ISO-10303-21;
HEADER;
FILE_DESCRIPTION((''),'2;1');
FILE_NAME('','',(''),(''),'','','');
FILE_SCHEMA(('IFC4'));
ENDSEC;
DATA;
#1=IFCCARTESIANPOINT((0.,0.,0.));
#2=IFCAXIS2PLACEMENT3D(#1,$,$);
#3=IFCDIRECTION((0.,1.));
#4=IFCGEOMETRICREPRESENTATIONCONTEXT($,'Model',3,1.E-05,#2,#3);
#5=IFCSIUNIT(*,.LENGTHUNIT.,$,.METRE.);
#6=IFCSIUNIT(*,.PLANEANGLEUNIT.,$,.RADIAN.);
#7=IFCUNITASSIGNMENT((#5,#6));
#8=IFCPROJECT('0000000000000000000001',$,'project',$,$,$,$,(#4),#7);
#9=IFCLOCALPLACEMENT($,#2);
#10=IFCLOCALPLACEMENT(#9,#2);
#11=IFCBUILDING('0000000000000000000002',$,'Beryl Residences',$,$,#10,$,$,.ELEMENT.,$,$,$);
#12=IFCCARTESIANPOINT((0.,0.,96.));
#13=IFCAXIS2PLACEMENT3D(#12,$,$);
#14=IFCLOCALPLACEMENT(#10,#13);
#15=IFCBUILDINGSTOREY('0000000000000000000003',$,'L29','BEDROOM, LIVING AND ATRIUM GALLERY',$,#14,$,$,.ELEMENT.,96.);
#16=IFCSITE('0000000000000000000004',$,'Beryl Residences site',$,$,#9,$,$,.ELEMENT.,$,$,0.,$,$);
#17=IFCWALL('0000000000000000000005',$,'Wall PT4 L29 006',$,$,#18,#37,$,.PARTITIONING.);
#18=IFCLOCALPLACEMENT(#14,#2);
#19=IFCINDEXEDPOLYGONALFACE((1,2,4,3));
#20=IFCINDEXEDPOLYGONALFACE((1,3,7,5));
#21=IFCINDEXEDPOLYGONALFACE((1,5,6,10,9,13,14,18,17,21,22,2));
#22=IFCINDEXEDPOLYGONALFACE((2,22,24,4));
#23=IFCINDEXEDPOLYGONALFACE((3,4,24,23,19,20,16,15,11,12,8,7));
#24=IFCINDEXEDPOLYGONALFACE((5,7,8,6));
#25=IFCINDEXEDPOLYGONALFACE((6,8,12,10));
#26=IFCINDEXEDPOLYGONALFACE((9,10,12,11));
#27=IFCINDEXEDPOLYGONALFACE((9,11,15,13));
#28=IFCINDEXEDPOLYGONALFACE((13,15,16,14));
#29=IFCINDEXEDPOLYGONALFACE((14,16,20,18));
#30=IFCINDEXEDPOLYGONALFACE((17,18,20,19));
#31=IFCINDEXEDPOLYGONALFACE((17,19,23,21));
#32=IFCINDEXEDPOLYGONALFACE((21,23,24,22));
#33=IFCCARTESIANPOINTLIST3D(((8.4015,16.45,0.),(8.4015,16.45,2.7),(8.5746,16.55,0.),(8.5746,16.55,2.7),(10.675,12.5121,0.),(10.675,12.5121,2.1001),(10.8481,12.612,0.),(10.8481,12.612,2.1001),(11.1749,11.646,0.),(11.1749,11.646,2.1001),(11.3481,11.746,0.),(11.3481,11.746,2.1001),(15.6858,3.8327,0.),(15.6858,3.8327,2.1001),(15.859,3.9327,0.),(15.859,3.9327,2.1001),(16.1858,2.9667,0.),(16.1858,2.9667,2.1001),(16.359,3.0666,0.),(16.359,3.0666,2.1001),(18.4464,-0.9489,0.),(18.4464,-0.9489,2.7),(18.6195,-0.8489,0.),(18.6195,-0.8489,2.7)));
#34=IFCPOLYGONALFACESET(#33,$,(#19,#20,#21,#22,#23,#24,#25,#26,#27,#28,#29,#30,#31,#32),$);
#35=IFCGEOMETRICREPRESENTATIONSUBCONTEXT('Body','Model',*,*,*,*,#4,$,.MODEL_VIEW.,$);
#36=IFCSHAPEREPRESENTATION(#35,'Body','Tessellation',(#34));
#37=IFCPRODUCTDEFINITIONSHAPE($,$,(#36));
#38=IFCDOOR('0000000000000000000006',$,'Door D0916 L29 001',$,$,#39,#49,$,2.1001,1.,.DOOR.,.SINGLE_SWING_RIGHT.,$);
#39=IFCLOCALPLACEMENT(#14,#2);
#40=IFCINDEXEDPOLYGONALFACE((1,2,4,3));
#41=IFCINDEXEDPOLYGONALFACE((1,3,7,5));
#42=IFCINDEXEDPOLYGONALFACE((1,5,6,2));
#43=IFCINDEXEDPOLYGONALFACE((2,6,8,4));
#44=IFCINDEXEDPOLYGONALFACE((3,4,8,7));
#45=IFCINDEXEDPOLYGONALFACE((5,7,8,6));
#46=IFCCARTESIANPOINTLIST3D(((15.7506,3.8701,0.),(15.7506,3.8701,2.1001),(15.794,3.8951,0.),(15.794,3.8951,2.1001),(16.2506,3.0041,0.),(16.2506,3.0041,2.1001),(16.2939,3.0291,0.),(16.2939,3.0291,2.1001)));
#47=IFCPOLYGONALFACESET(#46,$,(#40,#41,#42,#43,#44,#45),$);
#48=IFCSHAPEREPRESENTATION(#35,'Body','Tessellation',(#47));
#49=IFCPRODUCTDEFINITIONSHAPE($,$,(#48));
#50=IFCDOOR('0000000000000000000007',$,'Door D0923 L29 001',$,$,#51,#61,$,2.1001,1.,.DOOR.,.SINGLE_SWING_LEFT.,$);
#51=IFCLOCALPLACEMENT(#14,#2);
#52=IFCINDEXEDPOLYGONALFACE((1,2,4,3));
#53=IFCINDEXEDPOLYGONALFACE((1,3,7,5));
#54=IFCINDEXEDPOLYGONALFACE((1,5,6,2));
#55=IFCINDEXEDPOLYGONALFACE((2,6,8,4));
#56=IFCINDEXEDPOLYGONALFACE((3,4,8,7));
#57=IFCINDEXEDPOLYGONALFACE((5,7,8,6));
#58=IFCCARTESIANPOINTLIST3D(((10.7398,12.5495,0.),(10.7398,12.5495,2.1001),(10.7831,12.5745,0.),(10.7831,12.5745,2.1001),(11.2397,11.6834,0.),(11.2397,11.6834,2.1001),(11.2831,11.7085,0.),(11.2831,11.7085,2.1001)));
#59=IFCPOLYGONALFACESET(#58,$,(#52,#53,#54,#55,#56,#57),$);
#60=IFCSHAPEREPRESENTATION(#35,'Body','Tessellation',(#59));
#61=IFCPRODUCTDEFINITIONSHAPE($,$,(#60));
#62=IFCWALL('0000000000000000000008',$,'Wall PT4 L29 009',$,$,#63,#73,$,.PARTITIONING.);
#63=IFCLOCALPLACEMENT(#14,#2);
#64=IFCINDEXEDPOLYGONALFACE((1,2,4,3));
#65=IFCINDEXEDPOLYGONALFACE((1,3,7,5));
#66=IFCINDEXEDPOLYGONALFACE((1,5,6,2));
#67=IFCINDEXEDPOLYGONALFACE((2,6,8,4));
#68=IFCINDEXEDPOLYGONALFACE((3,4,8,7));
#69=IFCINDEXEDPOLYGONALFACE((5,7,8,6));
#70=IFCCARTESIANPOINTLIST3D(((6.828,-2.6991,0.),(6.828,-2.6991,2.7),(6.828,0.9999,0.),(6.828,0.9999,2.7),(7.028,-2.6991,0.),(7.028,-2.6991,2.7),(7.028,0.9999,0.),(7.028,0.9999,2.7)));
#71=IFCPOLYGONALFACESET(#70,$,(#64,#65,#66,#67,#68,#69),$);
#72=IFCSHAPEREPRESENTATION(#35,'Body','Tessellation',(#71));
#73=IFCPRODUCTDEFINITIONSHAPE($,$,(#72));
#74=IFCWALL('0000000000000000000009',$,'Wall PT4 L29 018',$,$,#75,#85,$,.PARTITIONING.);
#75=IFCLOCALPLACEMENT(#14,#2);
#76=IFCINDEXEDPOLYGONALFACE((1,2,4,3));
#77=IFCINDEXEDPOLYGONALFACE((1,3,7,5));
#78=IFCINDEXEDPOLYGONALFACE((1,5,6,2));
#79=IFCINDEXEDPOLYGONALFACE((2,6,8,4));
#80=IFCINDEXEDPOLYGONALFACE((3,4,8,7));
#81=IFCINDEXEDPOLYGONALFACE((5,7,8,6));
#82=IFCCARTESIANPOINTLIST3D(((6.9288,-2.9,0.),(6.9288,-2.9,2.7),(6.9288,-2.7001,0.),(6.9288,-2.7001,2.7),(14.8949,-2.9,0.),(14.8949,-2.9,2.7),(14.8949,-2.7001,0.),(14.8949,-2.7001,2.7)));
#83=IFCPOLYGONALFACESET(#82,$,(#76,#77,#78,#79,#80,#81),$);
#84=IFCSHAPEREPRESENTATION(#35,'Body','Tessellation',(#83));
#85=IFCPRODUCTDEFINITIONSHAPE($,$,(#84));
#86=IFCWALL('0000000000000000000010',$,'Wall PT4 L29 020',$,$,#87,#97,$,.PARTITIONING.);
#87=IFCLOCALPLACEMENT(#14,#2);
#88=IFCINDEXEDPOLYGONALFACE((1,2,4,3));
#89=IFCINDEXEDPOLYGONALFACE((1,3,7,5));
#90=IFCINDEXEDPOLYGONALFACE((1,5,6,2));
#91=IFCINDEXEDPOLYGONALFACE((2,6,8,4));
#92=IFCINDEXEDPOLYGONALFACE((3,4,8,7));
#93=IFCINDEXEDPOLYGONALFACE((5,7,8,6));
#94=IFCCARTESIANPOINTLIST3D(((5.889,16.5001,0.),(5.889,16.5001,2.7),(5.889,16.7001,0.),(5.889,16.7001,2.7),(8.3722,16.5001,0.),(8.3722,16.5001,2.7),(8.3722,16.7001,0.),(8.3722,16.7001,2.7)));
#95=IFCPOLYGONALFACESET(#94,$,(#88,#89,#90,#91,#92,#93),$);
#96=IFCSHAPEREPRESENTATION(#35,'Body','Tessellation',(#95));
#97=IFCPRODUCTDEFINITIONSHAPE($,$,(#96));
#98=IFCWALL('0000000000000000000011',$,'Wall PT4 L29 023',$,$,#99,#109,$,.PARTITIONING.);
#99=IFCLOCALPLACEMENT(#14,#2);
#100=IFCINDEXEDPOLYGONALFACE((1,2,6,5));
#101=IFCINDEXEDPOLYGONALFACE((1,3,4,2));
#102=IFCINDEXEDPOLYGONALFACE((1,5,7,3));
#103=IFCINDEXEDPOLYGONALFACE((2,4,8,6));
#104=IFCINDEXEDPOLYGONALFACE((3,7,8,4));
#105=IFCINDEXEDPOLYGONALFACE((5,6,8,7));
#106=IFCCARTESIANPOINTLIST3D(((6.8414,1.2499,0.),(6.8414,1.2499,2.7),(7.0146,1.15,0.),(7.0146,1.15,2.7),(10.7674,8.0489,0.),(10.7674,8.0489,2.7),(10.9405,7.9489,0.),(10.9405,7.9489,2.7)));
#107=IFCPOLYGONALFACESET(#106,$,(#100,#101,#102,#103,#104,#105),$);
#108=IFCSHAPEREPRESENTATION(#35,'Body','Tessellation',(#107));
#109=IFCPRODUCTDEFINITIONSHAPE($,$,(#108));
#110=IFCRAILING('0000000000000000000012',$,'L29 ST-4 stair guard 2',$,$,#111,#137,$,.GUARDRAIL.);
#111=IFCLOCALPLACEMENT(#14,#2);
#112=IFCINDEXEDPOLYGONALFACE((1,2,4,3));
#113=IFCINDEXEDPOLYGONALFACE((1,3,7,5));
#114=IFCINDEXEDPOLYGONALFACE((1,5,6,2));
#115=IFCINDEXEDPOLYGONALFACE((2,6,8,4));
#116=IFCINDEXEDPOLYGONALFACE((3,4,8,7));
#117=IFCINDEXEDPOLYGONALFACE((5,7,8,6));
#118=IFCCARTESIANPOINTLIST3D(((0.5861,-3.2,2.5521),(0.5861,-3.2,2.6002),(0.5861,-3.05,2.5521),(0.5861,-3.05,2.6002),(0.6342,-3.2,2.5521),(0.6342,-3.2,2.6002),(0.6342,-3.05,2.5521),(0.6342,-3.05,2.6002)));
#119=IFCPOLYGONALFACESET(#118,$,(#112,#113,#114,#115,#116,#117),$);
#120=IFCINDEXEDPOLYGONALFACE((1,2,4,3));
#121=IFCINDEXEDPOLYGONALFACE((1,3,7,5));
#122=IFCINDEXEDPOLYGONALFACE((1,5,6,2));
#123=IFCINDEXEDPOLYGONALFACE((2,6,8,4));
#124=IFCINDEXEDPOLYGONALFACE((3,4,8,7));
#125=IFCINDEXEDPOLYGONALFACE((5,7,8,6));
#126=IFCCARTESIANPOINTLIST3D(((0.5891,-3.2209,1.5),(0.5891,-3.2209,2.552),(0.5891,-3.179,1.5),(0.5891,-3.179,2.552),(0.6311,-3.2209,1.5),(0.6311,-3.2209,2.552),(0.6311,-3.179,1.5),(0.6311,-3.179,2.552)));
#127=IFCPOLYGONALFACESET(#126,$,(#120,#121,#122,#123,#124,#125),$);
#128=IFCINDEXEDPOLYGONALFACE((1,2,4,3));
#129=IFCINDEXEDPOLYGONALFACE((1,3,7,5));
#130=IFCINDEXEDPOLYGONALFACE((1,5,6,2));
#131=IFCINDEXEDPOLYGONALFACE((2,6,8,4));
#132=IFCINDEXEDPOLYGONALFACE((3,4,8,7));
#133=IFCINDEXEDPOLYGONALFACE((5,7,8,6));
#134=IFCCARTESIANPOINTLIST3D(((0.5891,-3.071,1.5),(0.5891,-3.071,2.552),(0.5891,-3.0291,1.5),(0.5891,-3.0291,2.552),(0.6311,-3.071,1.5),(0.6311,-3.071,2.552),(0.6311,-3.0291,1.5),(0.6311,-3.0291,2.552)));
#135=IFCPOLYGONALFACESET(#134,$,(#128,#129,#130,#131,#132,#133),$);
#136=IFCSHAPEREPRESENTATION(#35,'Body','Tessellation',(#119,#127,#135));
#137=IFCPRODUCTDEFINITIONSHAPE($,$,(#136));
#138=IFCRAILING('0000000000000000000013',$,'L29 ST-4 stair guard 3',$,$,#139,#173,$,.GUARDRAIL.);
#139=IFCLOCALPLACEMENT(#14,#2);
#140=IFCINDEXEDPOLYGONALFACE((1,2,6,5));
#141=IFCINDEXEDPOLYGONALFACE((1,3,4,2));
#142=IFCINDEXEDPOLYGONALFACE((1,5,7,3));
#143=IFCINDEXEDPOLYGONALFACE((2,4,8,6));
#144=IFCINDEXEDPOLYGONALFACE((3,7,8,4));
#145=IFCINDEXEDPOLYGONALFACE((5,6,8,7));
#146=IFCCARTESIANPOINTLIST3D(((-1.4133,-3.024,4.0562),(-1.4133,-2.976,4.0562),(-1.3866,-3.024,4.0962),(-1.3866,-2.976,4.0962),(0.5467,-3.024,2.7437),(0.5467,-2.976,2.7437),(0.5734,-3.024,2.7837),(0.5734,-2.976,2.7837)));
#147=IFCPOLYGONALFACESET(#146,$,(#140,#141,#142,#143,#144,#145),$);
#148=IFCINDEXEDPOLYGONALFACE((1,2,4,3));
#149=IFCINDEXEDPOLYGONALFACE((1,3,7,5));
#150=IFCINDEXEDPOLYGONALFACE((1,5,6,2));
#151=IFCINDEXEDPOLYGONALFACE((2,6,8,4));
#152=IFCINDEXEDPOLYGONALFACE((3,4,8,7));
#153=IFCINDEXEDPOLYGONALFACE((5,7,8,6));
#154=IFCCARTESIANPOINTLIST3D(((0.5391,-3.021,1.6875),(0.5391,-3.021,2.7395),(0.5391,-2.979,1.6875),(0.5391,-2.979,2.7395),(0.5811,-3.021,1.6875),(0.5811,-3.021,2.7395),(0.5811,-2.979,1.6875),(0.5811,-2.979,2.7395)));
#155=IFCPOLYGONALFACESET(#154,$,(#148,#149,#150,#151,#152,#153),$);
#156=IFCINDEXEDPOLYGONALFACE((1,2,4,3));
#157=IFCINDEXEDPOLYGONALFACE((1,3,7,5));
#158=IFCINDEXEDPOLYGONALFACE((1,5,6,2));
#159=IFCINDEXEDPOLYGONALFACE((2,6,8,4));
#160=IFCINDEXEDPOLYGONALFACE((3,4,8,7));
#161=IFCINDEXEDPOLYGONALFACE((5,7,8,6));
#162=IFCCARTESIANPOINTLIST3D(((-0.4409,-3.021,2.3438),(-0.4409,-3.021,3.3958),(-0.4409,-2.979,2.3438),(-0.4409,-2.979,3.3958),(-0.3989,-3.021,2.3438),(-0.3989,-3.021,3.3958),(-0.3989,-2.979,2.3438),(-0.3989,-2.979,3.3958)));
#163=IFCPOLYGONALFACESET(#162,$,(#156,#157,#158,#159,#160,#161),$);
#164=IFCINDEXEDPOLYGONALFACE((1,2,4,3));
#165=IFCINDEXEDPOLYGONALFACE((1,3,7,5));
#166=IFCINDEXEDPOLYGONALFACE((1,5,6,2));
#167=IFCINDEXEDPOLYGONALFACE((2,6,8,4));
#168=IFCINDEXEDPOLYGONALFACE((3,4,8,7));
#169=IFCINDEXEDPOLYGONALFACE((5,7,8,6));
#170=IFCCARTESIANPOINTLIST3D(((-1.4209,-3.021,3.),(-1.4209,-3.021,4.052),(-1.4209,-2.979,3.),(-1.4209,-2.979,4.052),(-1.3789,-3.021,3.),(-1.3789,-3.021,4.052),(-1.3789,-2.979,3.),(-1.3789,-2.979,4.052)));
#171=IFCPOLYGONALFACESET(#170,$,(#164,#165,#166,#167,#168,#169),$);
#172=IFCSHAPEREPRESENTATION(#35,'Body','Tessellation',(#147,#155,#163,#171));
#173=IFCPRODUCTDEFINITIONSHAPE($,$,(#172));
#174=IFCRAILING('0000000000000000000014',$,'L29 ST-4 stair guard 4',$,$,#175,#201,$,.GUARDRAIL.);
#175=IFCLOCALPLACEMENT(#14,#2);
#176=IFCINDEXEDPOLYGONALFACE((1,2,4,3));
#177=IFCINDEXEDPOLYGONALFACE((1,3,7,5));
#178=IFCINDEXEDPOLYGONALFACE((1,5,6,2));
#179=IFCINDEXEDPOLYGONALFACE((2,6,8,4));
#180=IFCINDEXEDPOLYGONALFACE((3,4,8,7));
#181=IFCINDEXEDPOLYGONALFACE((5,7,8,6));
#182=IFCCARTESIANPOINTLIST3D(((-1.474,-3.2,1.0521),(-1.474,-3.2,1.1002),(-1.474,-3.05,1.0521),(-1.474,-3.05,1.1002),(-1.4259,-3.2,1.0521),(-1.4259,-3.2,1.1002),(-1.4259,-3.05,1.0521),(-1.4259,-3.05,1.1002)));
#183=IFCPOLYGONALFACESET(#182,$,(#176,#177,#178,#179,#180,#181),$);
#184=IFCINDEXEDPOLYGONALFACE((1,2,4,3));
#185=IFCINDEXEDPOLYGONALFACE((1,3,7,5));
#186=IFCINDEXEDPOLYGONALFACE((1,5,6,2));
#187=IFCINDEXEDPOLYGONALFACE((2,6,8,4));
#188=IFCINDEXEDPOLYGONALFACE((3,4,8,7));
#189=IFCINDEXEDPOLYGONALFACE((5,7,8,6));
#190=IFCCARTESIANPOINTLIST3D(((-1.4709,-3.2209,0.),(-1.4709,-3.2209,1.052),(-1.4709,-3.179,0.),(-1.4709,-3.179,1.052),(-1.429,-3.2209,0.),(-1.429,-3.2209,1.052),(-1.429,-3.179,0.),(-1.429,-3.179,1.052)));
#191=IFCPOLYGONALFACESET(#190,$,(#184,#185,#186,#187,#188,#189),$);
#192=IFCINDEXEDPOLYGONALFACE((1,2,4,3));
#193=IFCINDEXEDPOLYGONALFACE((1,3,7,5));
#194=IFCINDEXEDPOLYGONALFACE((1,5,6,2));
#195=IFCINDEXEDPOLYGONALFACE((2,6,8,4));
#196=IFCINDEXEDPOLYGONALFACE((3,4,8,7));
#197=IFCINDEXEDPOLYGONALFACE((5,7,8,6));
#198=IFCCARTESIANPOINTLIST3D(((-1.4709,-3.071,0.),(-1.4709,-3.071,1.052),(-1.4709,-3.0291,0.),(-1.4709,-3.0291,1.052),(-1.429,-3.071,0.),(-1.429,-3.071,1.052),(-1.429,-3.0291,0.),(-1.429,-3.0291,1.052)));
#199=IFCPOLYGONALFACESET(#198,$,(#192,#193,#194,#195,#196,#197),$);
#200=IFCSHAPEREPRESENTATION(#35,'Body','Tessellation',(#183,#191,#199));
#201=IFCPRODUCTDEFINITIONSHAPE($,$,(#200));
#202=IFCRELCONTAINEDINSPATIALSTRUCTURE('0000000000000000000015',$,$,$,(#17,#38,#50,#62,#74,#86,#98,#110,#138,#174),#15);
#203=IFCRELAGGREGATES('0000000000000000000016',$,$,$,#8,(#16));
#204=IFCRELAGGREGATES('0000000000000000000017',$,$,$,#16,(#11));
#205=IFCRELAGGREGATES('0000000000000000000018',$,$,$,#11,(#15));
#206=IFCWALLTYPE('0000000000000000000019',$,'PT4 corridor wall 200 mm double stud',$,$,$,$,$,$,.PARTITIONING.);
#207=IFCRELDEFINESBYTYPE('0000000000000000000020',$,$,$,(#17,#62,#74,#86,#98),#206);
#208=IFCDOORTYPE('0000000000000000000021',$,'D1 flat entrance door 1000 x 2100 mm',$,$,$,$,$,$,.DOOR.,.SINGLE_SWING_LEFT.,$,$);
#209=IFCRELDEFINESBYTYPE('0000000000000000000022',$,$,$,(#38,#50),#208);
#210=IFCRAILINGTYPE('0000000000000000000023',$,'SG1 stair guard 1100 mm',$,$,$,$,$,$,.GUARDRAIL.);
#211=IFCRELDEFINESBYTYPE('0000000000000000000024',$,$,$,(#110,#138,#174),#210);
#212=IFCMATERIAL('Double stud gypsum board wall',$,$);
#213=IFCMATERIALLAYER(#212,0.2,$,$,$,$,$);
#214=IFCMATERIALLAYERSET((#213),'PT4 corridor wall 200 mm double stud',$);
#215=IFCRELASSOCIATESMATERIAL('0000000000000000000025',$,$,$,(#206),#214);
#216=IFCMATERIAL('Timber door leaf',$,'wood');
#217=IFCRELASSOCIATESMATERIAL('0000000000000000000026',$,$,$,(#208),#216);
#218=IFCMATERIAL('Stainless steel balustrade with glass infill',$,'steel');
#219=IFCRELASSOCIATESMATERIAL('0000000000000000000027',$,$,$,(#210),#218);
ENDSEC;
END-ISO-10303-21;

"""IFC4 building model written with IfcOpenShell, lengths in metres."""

from ifc_helpers import new_model, si_unit, direction, frame, frame_2d, origin, origin_2d, place, context, subcontext, project, spatial, rectangle, extrude, material, layer, layer_set, type_object, element, fill, save


model = new_model("IFC4")

# Units and contexts
model_context = context("Model", 3, precision=1e-05, world=origin(), true_north=direction((0.0, 1.0)))
body_context = subcontext(model_context, "Body", "Model", "MODEL_VIEW")
ifc_project = project(units=[si_unit("LENGTHUNIT", "METRE"), si_unit("PLANEANGLEUNIT", "RADIAN")], contexts=[model_context])

# Site, building, storey
site_placement = place(None, origin())
site = spatial("IfcSite", under=ifc_project, at=site_placement, Name="Beryl Residences site", CompositionType="ELEMENT", RefElevation=0.0)
building_placement = place(site_placement, origin())
building = spatial("IfcBuilding", under=site, at=building_placement, Name="Beryl Residences", CompositionType="ELEMENT")
storey_placement = place(building_placement, frame((0.0, 0.0, 96.0)))
storey = spatial("IfcBuildingStorey", under=building, at=storey_placement, Name="L29", Description="BEDROOM, LIVING AND ATRIUM GALLERY", CompositionType="ELEMENT", Elevation=96.0)

# Wall, openings, doors
ifc_material_1 = material(Name="Double stud gypsum board wall")
ifc_layer_1 = layer(ifc_material_1, 0.2)
ifc_layer_set_1 = layer_set([ifc_layer_1], Name="PT4 corridor wall 200 mm double stud")
wall_type_1 = type_object("IfcWallType", Name="PT4 corridor wall 200 mm double stud", PredefinedType="PARTITIONING", material=ifc_layer_set_1)
wall_1_placement = place(storey_placement, frame((8.488, 16.5, 0.0), z_axis=(0.0, 0.0, 1.0), x_axis=(0.499987, -0.866033, 0.0)))
wall_1 = element("IfcWall", 1, at=wall_1_placement, inside=storey, type_object=wall_type_1, Name="Wall PT4 L29 006", PredefinedType="PARTITIONING", context=body_context, shape_type="SweptSolid", body=[
    extrude(rectangle(XDim=20.0903, YDim=0.2, at=frame_2d((10.0452, 0.0))), origin(), (0.0, 0.0, 1.0), 2.7),
])
opening_1_placement = place(wall_1_placement, frame((14.5691, 0.0, 0.0)))
opening_1 = element("IfcOpeningElement", 2, at=opening_1_placement, cuts=wall_1, PredefinedType="OPENING", context=body_context, shape_type="SweptSolid", body=[
    extrude(rectangle(XDim=1.0, YDim=2.1001, at=frame_2d((0.5, 1.05))), frame((0.0, 0.1099, 0.0), z_axis=(0.0, -1.0, 0.0), x_axis=(1.0, 0.0, 0.0)), (0.0, 0.0, 1.0), 0.22),
])
opening_2_placement = place(wall_1_placement, frame((4.5471, 0.0, 0.0)))
opening_2 = element("IfcOpeningElement", 3, at=opening_2_placement, cuts=wall_1, PredefinedType="OPENING", context=body_context, shape_type="SweptSolid", body=[
    extrude(rectangle(XDim=1.0, YDim=2.1001, at=frame_2d((0.5, 1.05))), frame((0.0, 0.1099, 0.0), z_axis=(0.0, -1.0, 0.0), x_axis=(1.0, 0.0, 0.0)), (0.0, 0.0, 1.0), 0.22),
])
ifc_material_2 = material(Name="Timber door leaf", Category="wood")
door_type_1 = type_object("IfcDoorType", Name="D1 flat entrance door 1000 x 2100 mm", OperationType="SINGLE_SWING_LEFT", PredefinedType="DOOR", material=ifc_material_2)
door_1_placement = place(opening_1_placement, origin())
door_1 = element("IfcDoor", 4, at=door_1_placement, inside=storey, type_object=door_type_1, Name="Door D0916 L29 001", OperationType="SINGLE_SWING_RIGHT", OverallHeight=2.1001, OverallWidth=1.0, PredefinedType="DOOR", context=body_context, shape_type="SweptSolid", body=[
    extrude(rectangle(XDim=1.0, YDim=2.1001, at=frame_2d((0.5, 1.05))), frame((0.0, 0.0249, 0.0), z_axis=(0.0, -1.0, 0.0), x_axis=(1.0, 0.0, 0.0)), (0.0, 0.0, 1.0), 0.05),
])
fill(opening_1, door_1)
door_2_placement = place(opening_2_placement, origin())
door_2 = element("IfcDoor", 5, at=door_2_placement, inside=storey, type_object=door_type_1, Name="Door D0923 L29 001", OperationType="SINGLE_SWING_LEFT", OverallHeight=2.1001, OverallWidth=1.0, PredefinedType="DOOR", context=body_context, shape_type="SweptSolid", body=[
    extrude(rectangle(XDim=1.0, YDim=2.1001, at=frame_2d((0.5, 1.05))), frame((0.0, 0.0249, 0.0), z_axis=(0.0, -1.0, 0.0), x_axis=(1.0, 0.0, 0.0)), (0.0, 0.0, 1.0), 0.05),
])
fill(opening_2, door_2)

# Walls
wall_2_placement = place(storey_placement, frame((6.928, 1.0, 0.0), z_axis=(0.0, 0.0, 1.0), x_axis=(0.0, -1.0, 0.0)))
element("IfcWall", 6, at=wall_2_placement, inside=storey, type_object=wall_type_1, Name="Wall PT4 L29 009", PredefinedType="PARTITIONING", context=body_context, shape_type="SweptSolid", body=[
    extrude(rectangle(XDim=3.699, YDim=0.2, at=frame_2d((1.8496, 0.0))), origin(), (0.0, 0.0, 1.0), 2.7),
])
wall_3_placement = place(storey_placement, frame((6.929, -2.8, 0.0), z_axis=(0.0, 0.0, 1.0), x_axis=(1.0, 0.0, 0.0)))
element("IfcWall", 7, at=wall_3_placement, inside=storey, type_object=wall_type_1, Name="Wall PT4 L29 018", PredefinedType="PARTITIONING", context=body_context, shape_type="SweptSolid", body=[
    extrude(rectangle(XDim=7.9661, YDim=0.2, at=frame_2d((3.9829, 0.0))), origin(), (0.0, 0.0, 1.0), 2.7),
])
wall_4_placement = place(storey_placement, frame((5.8889, 16.6001, 0.0), z_axis=(0.0, 0.0, 1.0), x_axis=(1.0, 0.0, 0.0)))
element("IfcWall", 8, at=wall_4_placement, inside=storey, type_object=wall_type_1, Name="Wall PT4 L29 020", PredefinedType="PARTITIONING", context=body_context, shape_type="SweptSolid", body=[
    extrude(rectangle(XDim=2.4832, YDim=0.2, at=frame_2d((1.2417, 0.0))), origin(), (0.0, 0.0, 1.0), 2.7),
])
wall_5_placement = place(storey_placement, frame((6.928, 1.2, 0.0), z_axis=(0.0, 0.0, 1.0), x_axis=(0.500055, 0.865993, 0.0)))
element("IfcWall", 9, at=wall_5_placement, inside=storey, type_object=wall_type_1, Name="Wall PT4 L29 023", PredefinedType="PARTITIONING", context=body_context, shape_type="SweptSolid", body=[
    extrude(rectangle(XDim=7.8511, YDim=0.2, at=frame_2d((3.9255, 0.0))), origin(), (0.0, 0.0, 1.0), 2.7),
])

# Railings
ifc_material_3 = material(Name="Stainless steel balustrade with glass infill", Category="steel")
railing_type_1 = type_object("IfcRailingType", Name="SG1 stair guard 1100 mm", PredefinedType="GUARDRAIL", material=ifc_material_3)
railing_1_placement = place(storey_placement, frame((0.6101, -3.2, 1.5)))
element("IfcRailing", 10, at=railing_1_placement, inside=storey, type_object=railing_type_1, Name="L29 ST-4 stair guard 2", PredefinedType="GUARDRAIL", context=body_context, shape_type="SweptSolid", body=[
    extrude(rectangle(XDim=0.0481, YDim=0.0481, at=origin_2d()), frame((0.0, 0.0, 1.0762), z_axis=(0.0, 1.0, 0.0), x_axis=(-1.0, 0.0, 0.0)), (0.0, 0.0, 1.0), 0.1499),
    extrude(rectangle(XDim=0.042, YDim=0.042, at=origin_2d()), origin(), (0.0, 0.0, 1.0), 1.052),
    extrude(rectangle(XDim=0.042, YDim=0.042, at=origin_2d()), frame((0.0, 0.1499, 0.0)), (0.0, 0.0, 1.0), 1.052),
])
railing_2_placement = place(storey_placement, frame((0.5601, -3.0, 1.6875)))
element("IfcRailing", 11, at=railing_2_placement, inside=storey, type_object=railing_type_1, Name="L29 ST-4 stair guard 3", PredefinedType="GUARDRAIL", context=body_context, shape_type="SweptSolid", body=[
    extrude(rectangle(XDim=0.0481, YDim=0.0481, at=origin_2d()), frame((0.0, 0.0, 1.0762), z_axis=(-0.830902, 0.0, 0.556419), x_axis=(0.0, -1.0, 0.0)), (0.0, 0.0, 1.0), 2.3589),
    extrude(rectangle(XDim=0.042, YDim=0.042, at=origin_2d()), origin(), (0.0, 0.0, 1.0), 1.052),
    extrude(rectangle(XDim=0.042, YDim=0.042, at=origin_2d()), frame((-0.98, 0.0, 0.6562)), (0.0, 0.0, 1.0), 1.052),
    extrude(rectangle(XDim=0.042, YDim=0.042, at=origin_2d()), frame((-1.96, 0.0, 1.3125)), (0.0, 0.0, 1.0), 1.052),
])
railing_3_placement = place(storey_placement, frame((-1.45, -3.2, 0.0)))
element("IfcRailing", 12, at=railing_3_placement, inside=storey, type_object=railing_type_1, Name="L29 ST-4 stair guard 4", PredefinedType="GUARDRAIL", context=body_context, shape_type="SweptSolid", body=[
    extrude(rectangle(XDim=0.0481, YDim=0.0481, at=origin_2d()), frame((0.0, 0.0, 1.0762), z_axis=(0.0, 1.0, 0.0), x_axis=(-1.0, 0.0, 0.0)), (0.0, 0.0, 1.0), 0.1499),
    extrude(rectangle(XDim=0.042, YDim=0.042, at=origin_2d()), origin(), (0.0, 0.0, 1.0), 1.052),
    extrude(rectangle(XDim=0.042, YDim=0.042, at=origin_2d()), frame((0.0, 0.1499, 0.0)), (0.0, 0.0, 1.0), 1.052),
])

save(model, "model.ifc")
